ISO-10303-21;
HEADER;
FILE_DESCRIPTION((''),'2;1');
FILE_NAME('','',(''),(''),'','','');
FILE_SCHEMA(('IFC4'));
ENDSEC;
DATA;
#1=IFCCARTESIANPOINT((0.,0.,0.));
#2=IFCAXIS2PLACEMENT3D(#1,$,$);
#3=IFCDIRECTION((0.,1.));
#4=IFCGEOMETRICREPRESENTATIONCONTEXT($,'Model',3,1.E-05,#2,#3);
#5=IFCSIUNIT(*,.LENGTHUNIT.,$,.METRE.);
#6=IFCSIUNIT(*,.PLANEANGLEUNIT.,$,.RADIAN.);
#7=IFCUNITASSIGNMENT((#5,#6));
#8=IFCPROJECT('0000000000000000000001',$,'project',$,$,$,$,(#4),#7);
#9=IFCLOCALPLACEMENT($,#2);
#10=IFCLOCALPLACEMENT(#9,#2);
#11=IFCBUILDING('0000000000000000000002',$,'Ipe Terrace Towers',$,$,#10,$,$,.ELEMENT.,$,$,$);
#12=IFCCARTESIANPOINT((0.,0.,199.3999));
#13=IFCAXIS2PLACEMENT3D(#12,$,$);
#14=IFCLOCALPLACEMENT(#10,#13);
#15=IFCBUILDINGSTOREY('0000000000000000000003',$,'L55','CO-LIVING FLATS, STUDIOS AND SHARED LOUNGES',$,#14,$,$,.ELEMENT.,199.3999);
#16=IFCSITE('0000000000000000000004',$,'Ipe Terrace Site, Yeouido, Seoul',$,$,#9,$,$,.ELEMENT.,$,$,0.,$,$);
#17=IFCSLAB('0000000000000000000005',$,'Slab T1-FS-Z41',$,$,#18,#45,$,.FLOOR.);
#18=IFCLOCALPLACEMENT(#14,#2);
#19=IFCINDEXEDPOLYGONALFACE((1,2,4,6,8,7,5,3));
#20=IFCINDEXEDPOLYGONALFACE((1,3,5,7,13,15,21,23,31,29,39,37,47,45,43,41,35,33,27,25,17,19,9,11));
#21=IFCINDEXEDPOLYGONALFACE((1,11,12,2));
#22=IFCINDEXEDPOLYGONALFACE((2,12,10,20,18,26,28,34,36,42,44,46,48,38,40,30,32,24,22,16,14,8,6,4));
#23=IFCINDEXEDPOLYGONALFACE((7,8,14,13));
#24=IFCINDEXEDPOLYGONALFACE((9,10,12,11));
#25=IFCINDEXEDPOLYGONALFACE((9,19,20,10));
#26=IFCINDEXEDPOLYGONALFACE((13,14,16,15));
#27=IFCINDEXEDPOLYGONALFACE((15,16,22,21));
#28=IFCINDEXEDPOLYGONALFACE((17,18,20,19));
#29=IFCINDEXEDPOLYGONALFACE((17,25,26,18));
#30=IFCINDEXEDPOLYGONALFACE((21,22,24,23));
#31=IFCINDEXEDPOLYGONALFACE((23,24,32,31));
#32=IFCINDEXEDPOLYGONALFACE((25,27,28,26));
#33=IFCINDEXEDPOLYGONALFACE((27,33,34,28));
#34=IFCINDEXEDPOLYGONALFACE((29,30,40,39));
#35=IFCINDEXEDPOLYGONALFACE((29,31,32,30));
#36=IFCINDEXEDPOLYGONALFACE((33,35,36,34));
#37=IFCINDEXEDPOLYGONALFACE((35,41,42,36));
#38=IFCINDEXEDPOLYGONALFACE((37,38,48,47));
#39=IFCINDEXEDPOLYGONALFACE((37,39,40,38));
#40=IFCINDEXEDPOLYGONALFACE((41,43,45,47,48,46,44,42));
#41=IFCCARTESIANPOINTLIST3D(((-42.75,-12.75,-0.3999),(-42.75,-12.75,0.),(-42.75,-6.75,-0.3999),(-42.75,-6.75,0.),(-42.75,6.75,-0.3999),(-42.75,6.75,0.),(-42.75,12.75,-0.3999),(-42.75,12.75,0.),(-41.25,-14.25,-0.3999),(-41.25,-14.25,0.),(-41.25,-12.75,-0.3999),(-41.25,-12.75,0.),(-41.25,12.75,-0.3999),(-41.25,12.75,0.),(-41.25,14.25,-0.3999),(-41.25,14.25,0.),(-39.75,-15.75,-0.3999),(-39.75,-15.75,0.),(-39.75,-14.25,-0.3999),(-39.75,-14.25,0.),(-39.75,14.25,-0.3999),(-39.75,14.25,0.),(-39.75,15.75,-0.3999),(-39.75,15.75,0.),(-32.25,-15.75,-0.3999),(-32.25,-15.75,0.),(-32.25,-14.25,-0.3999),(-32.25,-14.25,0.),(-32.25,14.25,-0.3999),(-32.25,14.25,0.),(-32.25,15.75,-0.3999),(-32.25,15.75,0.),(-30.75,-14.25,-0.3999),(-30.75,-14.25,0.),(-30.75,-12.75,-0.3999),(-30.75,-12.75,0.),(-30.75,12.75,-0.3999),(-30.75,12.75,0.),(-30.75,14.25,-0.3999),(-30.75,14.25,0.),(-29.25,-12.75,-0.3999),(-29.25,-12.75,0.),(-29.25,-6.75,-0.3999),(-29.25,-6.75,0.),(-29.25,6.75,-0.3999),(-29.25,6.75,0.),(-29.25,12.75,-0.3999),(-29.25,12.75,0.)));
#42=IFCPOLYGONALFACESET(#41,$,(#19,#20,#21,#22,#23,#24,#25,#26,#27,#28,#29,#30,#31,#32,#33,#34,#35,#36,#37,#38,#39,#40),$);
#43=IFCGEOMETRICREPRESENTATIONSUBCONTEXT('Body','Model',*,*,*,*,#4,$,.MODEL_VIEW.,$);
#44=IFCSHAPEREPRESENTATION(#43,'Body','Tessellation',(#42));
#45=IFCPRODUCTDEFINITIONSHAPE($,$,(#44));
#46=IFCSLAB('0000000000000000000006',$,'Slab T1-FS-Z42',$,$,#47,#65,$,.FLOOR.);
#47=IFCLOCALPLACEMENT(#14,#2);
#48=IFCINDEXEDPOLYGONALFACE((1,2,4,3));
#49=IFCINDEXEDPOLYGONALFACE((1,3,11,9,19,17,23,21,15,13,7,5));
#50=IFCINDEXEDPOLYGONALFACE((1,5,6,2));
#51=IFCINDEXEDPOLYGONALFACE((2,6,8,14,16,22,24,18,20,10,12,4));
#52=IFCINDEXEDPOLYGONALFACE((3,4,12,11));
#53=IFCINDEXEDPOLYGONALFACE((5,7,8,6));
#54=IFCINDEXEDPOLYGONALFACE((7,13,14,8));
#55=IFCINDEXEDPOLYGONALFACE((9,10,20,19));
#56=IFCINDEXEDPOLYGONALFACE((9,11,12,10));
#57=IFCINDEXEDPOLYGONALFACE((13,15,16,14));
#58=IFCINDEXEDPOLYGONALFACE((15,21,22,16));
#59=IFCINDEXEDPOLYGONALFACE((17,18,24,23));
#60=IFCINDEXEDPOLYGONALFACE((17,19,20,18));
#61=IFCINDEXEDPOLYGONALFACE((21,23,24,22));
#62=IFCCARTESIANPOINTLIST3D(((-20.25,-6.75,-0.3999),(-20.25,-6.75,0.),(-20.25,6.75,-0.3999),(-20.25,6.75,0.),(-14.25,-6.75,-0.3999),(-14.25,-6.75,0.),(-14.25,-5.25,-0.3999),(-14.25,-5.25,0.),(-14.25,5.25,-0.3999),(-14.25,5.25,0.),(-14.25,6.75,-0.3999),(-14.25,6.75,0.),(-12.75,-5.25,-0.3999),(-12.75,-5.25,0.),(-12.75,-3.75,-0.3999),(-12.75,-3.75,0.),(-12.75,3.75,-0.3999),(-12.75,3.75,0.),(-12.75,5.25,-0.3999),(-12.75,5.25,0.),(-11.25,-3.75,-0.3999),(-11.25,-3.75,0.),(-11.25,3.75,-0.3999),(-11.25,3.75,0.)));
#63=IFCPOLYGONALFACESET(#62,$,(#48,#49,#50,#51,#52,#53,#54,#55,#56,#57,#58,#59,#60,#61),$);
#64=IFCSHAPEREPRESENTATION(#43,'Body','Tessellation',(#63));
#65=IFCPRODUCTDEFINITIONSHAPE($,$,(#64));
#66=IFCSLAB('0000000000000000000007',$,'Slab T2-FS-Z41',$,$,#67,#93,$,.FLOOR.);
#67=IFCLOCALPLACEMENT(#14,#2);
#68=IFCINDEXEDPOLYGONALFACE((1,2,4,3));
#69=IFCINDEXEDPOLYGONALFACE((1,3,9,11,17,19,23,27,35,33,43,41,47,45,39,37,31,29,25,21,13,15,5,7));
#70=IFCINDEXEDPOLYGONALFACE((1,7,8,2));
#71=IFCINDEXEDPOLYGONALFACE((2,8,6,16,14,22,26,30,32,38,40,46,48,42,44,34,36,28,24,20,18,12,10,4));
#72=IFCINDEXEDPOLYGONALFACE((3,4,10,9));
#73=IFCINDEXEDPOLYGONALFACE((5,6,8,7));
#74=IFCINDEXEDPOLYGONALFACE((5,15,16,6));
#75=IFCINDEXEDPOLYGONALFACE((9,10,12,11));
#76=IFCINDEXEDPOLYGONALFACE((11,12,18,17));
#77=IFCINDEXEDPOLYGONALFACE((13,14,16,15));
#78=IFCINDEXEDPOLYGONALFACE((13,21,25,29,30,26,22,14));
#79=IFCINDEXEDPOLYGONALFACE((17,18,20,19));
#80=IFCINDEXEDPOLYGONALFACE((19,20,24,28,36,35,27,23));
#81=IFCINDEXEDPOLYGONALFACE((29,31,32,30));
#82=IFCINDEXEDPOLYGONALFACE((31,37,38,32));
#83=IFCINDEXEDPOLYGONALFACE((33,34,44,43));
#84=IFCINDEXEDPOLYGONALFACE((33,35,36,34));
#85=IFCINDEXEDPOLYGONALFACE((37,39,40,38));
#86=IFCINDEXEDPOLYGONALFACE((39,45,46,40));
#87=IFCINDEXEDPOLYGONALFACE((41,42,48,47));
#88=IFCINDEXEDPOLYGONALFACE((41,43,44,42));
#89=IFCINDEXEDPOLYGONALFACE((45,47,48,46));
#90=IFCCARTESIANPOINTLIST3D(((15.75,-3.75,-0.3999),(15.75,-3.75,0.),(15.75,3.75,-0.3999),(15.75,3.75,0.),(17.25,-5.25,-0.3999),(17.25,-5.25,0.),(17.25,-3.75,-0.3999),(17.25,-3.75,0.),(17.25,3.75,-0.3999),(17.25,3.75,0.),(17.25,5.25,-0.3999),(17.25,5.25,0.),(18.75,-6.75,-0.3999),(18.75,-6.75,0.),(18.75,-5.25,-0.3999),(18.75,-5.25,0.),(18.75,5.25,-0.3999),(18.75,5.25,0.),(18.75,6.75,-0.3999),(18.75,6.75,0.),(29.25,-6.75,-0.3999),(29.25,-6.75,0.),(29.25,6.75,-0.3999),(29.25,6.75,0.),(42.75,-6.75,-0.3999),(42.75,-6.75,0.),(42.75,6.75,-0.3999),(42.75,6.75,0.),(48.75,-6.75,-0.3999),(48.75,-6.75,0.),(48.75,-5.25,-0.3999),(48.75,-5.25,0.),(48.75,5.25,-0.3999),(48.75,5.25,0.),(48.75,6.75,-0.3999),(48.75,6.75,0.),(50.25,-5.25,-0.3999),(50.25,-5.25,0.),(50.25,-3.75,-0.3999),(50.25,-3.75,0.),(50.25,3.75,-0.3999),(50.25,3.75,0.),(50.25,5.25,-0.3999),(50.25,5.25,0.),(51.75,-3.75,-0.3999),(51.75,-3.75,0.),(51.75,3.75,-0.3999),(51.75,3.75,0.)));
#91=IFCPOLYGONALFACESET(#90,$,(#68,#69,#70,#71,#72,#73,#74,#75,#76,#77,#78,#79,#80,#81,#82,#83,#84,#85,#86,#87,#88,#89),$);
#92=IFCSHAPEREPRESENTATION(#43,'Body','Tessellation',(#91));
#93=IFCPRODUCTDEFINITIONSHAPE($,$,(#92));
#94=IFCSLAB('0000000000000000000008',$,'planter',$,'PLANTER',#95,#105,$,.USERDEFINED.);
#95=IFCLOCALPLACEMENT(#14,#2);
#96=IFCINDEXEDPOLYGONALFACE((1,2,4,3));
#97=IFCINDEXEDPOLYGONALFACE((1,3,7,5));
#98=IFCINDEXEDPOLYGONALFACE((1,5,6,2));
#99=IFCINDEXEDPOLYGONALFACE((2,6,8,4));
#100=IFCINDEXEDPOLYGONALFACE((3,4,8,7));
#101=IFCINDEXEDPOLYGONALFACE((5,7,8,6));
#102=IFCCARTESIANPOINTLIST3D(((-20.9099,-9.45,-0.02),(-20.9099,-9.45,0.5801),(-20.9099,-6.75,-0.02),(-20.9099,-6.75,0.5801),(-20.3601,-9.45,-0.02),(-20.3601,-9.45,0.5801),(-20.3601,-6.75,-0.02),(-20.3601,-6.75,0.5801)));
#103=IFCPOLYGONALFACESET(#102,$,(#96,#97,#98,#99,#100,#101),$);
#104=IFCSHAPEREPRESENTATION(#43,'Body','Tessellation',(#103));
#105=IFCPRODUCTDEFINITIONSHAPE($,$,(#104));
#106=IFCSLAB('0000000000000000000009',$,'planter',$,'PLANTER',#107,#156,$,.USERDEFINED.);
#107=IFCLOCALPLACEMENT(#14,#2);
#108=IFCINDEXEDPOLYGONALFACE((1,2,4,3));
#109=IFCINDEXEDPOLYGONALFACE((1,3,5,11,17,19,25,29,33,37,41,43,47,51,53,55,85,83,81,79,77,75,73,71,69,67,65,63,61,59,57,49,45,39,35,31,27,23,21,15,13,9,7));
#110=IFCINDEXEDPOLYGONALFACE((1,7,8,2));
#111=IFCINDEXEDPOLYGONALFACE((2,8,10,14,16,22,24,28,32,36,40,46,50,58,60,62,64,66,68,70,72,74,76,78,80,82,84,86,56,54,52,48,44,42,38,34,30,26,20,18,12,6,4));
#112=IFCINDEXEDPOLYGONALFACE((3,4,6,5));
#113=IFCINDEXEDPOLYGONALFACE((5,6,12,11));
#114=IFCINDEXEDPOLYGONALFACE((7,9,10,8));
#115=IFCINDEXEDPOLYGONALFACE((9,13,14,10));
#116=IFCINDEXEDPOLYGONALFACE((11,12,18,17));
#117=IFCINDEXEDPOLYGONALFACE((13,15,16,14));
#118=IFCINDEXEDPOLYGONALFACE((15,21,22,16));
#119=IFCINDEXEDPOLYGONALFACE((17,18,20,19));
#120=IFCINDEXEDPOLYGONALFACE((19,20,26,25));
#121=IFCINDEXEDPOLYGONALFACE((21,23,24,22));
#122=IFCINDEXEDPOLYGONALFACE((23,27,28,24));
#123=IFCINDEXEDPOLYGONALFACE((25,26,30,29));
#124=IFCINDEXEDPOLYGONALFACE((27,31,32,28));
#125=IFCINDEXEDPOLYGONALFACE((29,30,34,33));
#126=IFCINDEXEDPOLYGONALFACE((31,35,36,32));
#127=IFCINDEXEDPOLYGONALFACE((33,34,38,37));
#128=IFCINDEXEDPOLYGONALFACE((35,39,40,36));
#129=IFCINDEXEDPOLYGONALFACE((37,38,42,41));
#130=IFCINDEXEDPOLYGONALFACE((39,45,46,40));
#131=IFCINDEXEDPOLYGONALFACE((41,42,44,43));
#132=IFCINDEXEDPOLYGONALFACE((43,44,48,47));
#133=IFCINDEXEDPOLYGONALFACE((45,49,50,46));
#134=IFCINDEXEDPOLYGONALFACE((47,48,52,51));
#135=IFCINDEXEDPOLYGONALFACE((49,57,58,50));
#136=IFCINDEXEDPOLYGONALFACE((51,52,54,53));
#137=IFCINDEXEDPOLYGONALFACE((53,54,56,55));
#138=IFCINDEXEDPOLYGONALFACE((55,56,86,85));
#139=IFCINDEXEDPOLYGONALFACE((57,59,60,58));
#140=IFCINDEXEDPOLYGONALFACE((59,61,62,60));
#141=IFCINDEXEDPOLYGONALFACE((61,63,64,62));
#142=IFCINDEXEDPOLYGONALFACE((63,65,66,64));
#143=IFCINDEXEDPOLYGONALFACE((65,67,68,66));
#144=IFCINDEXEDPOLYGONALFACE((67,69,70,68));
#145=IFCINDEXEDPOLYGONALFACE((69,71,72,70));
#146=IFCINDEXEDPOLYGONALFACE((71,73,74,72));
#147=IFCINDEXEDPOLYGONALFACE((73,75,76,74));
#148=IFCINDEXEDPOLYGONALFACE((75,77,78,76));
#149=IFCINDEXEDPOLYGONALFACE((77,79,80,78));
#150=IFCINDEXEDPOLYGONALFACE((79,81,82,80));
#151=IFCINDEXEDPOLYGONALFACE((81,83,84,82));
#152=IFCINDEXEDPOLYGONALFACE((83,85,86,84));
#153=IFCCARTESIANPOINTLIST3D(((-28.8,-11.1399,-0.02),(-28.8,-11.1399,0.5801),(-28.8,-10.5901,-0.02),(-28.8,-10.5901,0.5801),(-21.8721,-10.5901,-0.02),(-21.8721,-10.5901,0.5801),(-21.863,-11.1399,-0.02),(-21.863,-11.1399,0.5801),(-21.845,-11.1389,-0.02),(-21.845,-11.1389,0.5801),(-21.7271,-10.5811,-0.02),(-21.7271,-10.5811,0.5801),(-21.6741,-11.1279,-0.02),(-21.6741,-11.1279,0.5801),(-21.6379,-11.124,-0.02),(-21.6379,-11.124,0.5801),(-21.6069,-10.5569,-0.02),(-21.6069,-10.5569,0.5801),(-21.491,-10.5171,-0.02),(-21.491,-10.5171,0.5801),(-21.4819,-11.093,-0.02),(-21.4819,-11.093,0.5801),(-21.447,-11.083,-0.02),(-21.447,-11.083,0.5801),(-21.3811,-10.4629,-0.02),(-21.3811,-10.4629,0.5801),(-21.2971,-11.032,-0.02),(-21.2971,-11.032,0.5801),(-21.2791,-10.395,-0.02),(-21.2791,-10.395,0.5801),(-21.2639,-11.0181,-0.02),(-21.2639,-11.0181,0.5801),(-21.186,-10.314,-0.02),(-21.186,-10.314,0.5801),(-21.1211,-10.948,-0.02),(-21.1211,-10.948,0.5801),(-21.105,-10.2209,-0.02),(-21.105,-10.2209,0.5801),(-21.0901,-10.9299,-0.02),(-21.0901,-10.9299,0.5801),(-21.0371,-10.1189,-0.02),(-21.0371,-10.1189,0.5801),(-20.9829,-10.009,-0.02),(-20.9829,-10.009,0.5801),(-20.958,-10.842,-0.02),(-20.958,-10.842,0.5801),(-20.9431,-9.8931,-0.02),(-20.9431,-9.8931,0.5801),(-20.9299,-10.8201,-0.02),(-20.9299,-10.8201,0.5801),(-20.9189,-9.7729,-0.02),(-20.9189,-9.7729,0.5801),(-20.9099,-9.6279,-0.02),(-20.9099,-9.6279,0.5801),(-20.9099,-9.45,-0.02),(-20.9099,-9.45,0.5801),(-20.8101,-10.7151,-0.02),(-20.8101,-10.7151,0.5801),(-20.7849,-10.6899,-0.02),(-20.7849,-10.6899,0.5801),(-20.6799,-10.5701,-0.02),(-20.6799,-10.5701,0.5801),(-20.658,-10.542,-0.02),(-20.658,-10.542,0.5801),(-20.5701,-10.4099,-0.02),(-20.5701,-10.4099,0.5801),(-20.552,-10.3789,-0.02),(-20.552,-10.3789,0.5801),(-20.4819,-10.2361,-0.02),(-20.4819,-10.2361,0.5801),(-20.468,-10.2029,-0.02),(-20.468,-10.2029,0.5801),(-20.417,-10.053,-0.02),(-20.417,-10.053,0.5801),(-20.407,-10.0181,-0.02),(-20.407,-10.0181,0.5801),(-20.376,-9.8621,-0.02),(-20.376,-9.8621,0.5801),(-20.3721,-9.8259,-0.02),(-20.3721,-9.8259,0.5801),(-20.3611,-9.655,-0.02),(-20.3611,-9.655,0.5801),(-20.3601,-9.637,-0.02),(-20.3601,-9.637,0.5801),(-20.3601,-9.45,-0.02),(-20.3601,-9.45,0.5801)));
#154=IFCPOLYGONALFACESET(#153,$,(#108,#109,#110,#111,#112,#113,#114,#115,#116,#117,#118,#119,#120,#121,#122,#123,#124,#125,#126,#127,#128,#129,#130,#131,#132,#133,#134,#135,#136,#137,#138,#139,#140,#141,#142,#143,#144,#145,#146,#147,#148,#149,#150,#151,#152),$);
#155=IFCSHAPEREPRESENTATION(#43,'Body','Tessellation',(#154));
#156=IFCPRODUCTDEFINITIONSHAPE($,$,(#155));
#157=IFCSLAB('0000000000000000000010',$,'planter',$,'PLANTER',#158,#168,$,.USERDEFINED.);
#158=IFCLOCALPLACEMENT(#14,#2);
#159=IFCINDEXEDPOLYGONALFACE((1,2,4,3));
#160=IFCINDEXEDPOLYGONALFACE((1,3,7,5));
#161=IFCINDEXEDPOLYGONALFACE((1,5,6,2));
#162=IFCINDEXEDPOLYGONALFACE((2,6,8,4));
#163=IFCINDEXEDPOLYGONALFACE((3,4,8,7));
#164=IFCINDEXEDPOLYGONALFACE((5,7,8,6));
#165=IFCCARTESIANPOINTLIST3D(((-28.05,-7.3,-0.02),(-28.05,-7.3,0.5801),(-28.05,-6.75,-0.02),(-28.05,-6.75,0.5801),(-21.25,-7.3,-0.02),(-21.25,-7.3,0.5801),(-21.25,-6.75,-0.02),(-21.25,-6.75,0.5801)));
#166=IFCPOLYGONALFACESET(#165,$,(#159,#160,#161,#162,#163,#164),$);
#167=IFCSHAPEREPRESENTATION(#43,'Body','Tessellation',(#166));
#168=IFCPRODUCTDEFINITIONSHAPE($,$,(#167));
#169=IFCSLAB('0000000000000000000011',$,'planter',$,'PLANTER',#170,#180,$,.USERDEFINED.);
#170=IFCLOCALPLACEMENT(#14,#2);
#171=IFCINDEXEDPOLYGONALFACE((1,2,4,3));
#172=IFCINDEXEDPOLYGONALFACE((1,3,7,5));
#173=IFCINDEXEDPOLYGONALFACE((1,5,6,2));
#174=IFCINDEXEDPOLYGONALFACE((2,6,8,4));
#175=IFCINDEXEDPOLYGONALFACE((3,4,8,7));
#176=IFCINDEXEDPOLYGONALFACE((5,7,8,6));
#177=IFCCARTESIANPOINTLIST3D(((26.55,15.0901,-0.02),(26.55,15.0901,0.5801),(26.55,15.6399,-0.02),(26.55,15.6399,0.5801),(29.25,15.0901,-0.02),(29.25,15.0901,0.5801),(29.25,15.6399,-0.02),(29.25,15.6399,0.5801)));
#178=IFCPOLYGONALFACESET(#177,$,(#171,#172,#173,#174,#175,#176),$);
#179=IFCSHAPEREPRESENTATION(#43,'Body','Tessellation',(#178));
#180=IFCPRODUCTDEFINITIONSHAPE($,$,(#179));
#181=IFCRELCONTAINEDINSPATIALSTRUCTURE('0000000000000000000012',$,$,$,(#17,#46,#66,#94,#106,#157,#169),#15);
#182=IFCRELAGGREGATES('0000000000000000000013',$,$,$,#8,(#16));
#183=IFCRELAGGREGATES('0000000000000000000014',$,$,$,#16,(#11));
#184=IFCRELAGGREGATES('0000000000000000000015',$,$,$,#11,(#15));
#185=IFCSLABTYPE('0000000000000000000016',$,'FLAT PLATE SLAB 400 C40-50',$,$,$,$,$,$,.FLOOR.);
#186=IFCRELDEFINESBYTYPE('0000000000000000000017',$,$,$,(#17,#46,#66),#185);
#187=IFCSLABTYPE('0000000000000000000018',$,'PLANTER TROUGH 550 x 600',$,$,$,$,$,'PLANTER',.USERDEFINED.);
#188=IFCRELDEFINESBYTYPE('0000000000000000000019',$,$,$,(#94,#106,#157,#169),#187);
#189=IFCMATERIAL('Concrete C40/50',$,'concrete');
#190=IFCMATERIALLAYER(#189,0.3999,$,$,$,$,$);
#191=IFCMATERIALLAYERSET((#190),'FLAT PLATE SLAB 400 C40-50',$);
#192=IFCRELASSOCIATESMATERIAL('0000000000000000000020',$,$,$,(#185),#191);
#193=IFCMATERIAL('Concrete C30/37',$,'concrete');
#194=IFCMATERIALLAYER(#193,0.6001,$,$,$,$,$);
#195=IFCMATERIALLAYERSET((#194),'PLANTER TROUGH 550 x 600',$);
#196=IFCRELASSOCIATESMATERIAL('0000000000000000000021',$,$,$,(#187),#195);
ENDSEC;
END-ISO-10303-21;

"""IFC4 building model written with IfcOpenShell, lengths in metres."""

from ifc_helpers import new_model, si_unit, direction, frame, origin, place, context, subcontext, project, spatial, polyline, outline, extrude, material, layer, layer_set, type_object, element, save


model = new_model("IFC4")

# Units and contexts
model_context = context("Model", 3, precision=1e-05, world=origin(), true_north=direction((0.0, 1.0)))
body_context = subcontext(model_context, "Body", "Model", "MODEL_VIEW")
ifc_project = project(units=[si_unit("LENGTHUNIT", "METRE"), si_unit("PLANEANGLEUNIT", "RADIAN")], contexts=[model_context])

# Site, building, storey
site_placement = place(None, origin())
site = spatial("IfcSite", under=ifc_project, at=site_placement, Name="Ipe Terrace Site, Yeouido, Seoul", CompositionType="ELEMENT", RefElevation=0.0)
building_placement = place(site_placement, origin())
building = spatial("IfcBuilding", under=site, at=building_placement, Name="Ipe Terrace Towers", CompositionType="ELEMENT")
storey_placement = place(building_placement, frame((0.0, 0.0, 199.3999)))
storey = spatial("IfcBuildingStorey", under=building, at=storey_placement, Name="L55", Description="CO-LIVING FLATS, STUDIOS AND SHARED LOUNGES", CompositionType="ELEMENT", Elevation=199.3999)

# Slabs
ifc_material_1 = material(Name="Concrete C40/50", Category="concrete")
ifc_layer_1 = layer(ifc_material_1, 0.3999)
ifc_layer_set_1 = layer_set([ifc_layer_1], Name="FLAT PLATE SLAB 400 C40-50")
slab_type_1 = type_object("IfcSlabType", Name="FLAT PLATE SLAB 400 C40-50", PredefinedType="FLOOR", material=ifc_layer_set_1)
slab_1_placement = place(storey_placement, frame((0.0, 0.0, -0.3999)))
element("IfcSlab", 1, at=slab_1_placement, inside=storey, type_object=slab_type_1, Name="Slab T1-FS-Z41", PredefinedType="FLOOR", context=body_context, shape_type="SweptSolid", body=[
    extrude(outline(polyline([(-30.75, -12.75), (-30.75, -14.25), (-32.25, -14.25), (-32.25, -15.75), (-39.75, -15.75), (-39.75, -14.25), (-41.25, -14.25), (-41.25, -12.75), (-42.75, -12.75), (-42.75, -6.75), (-42.75, 6.75), (-42.75, 12.75), (-41.25, 12.75), (-41.25, 14.25), (-39.75, 14.25), (-39.75, 15.75), (-32.25, 15.75), (-32.25, 14.25), (-30.75, 14.25), (-30.75, 12.75), (-29.25, 12.75), (-29.25, 6.75), (-29.25, -6.75), (-29.25, -12.75), (-30.75, -12.75)])), origin(), (0.0, 0.0, 1.0), 0.3999),
])
slab_2_placement = place(storey_placement, frame((0.0, 0.0, -0.3999)))
element("IfcSlab", 2, at=slab_2_placement, inside=storey, type_object=slab_type_1, Name="Slab T1-FS-Z42", PredefinedType="FLOOR", context=body_context, shape_type="SweptSolid", body=[
    extrude(outline(polyline([(-14.25, 5.25), (-12.75, 5.25), (-12.75, 3.75), (-11.25, 3.75), (-11.25, -3.75), (-12.75, -3.75), (-12.75, -5.25), (-14.25, -5.25), (-14.25, -6.75), (-20.25, -6.75), (-20.25, 6.75), (-14.25, 6.75), (-14.25, 5.25)])), origin(), (0.0, 0.0, 1.0), 0.3999),
])
slab_3_placement = place(storey_placement, frame((0.0, 0.0, -0.3999)))
element("IfcSlab", 3, at=slab_3_placement, inside=storey, type_object=slab_type_1, Name="Slab T2-FS-Z41", PredefinedType="FLOOR", context=body_context, shape_type="SweptSolid", body=[
    extrude(outline(polyline([(48.75, 5.25), (50.25, 5.25), (50.25, 3.75), (51.75, 3.75), (51.75, -3.75), (50.25, -3.75), (50.25, -5.25), (48.75, -5.25), (48.75, -6.75), (42.75, -6.75), (29.25, -6.75), (18.75, -6.75), (18.75, -5.25), (17.25, -5.25), (17.25, -3.75), (15.75, -3.75), (15.75, 3.75), (17.25, 3.75), (17.25, 5.25), (18.75, 5.25), (18.75, 6.75), (29.25, 6.75), (42.75, 6.75), (48.75, 6.75), (48.75, 5.25)])), origin(), (0.0, 0.0, 1.0), 0.3999),
])
ifc_material_2 = material(Name="Concrete C30/37", Category="concrete")
ifc_layer_2 = layer(ifc_material_2, 0.6001)
ifc_layer_set_2 = layer_set([ifc_layer_2], Name="PLANTER TROUGH 550 x 600")
slab_type_2 = type_object("IfcSlabType", Name="PLANTER TROUGH 550 x 600", ElementType="PLANTER", PredefinedType="USERDEFINED", material=ifc_layer_set_2)
slab_4_placement = place(storey_placement, frame((0.0, 0.0, -0.02)))
element("IfcSlab", 4, at=slab_4_placement, inside=storey, type_object=slab_type_2, Name="planter", ObjectType="PLANTER", PredefinedType="USERDEFINED", context=body_context, shape_type="SweptSolid", body=[
    extrude(outline(polyline([(-20.3601, -6.75), (-20.9099, -6.75), (-20.9099, -9.45), (-20.3601, -9.45), (-20.3601, -6.75)])), origin(), (0.0, 0.0, 1.0), 0.6001),
])
slab_5_placement = place(storey_placement, frame((0.0, 0.0, -0.02)))
element("IfcSlab", 5, at=slab_5_placement, inside=storey, type_object=slab_type_2, Name="planter", ObjectType="PLANTER", PredefinedType="USERDEFINED", context=body_context, shape_type="SweptSolid", body=[
    extrude(outline(polyline([(-20.9431, -9.8931), (-20.9829, -10.009), (-21.0371, -10.1189), (-21.105, -10.2209), (-21.186, -10.314), (-21.2791, -10.395), (-21.3811, -10.4629), (-21.491, -10.5171), (-21.6069, -10.5569), (-21.7271, -10.5811), (-21.8721, -10.5901), (-28.8, -10.5901), (-28.8, -11.1399), (-21.863, -11.1399), (-21.845, -11.1389), (-21.6741, -11.1279), (-21.6379, -11.124), (-21.4819, -11.093), (-21.447, -11.083), (-21.2971, -11.032), (-21.2639, -11.0181), (-21.1211, -10.948), (-21.0901, -10.9299), (-20.958, -10.842), (-20.9299, -10.8201), (-20.8101, -10.7151), (-20.7849, -10.6899), (-20.6799, -10.5701), (-20.658, -10.542), (-20.5701, -10.4099), (-20.552, -10.3789), (-20.4819, -10.2361), (-20.468, -10.2029), (-20.417, -10.053), (-20.407, -10.0181), (-20.376, -9.8621), (-20.3721, -9.8259), (-20.3611, -9.655), (-20.3601, -9.637), (-20.3601, -9.45), (-20.9099, -9.45), (-20.9099, -9.6279), (-20.9189, -9.7729), (-20.9431, -9.8931)])), origin(), (0.0, 0.0, 1.0), 0.6001),
])
slab_6_placement = place(storey_placement, frame((0.0, 0.0, -0.02)))
element("IfcSlab", 6, at=slab_6_placement, inside=storey, type_object=slab_type_2, Name="planter", ObjectType="PLANTER", PredefinedType="USERDEFINED", context=body_context, shape_type="SweptSolid", body=[
    extrude(outline(polyline([(-28.05, -6.75), (-28.05, -7.3), (-21.25, -7.3), (-21.25, -6.75), (-28.05, -6.75)])), origin(), (0.0, 0.0, 1.0), 0.6001),
])
slab_7_placement = place(storey_placement, frame((0.0, 0.0, -0.02)))
element("IfcSlab", 7, at=slab_7_placement, inside=storey, type_object=slab_type_2, Name="planter", ObjectType="PLANTER", PredefinedType="USERDEFINED", context=body_context, shape_type="SweptSolid", body=[
    extrude(outline(polyline([(29.25, 15.6399), (26.55, 15.6399), (26.55, 15.0901), (29.25, 15.0901), (29.25, 15.6399)])), origin(), (0.0, 0.0, 1.0), 0.6001),
])

save(model, "model.ifc")
